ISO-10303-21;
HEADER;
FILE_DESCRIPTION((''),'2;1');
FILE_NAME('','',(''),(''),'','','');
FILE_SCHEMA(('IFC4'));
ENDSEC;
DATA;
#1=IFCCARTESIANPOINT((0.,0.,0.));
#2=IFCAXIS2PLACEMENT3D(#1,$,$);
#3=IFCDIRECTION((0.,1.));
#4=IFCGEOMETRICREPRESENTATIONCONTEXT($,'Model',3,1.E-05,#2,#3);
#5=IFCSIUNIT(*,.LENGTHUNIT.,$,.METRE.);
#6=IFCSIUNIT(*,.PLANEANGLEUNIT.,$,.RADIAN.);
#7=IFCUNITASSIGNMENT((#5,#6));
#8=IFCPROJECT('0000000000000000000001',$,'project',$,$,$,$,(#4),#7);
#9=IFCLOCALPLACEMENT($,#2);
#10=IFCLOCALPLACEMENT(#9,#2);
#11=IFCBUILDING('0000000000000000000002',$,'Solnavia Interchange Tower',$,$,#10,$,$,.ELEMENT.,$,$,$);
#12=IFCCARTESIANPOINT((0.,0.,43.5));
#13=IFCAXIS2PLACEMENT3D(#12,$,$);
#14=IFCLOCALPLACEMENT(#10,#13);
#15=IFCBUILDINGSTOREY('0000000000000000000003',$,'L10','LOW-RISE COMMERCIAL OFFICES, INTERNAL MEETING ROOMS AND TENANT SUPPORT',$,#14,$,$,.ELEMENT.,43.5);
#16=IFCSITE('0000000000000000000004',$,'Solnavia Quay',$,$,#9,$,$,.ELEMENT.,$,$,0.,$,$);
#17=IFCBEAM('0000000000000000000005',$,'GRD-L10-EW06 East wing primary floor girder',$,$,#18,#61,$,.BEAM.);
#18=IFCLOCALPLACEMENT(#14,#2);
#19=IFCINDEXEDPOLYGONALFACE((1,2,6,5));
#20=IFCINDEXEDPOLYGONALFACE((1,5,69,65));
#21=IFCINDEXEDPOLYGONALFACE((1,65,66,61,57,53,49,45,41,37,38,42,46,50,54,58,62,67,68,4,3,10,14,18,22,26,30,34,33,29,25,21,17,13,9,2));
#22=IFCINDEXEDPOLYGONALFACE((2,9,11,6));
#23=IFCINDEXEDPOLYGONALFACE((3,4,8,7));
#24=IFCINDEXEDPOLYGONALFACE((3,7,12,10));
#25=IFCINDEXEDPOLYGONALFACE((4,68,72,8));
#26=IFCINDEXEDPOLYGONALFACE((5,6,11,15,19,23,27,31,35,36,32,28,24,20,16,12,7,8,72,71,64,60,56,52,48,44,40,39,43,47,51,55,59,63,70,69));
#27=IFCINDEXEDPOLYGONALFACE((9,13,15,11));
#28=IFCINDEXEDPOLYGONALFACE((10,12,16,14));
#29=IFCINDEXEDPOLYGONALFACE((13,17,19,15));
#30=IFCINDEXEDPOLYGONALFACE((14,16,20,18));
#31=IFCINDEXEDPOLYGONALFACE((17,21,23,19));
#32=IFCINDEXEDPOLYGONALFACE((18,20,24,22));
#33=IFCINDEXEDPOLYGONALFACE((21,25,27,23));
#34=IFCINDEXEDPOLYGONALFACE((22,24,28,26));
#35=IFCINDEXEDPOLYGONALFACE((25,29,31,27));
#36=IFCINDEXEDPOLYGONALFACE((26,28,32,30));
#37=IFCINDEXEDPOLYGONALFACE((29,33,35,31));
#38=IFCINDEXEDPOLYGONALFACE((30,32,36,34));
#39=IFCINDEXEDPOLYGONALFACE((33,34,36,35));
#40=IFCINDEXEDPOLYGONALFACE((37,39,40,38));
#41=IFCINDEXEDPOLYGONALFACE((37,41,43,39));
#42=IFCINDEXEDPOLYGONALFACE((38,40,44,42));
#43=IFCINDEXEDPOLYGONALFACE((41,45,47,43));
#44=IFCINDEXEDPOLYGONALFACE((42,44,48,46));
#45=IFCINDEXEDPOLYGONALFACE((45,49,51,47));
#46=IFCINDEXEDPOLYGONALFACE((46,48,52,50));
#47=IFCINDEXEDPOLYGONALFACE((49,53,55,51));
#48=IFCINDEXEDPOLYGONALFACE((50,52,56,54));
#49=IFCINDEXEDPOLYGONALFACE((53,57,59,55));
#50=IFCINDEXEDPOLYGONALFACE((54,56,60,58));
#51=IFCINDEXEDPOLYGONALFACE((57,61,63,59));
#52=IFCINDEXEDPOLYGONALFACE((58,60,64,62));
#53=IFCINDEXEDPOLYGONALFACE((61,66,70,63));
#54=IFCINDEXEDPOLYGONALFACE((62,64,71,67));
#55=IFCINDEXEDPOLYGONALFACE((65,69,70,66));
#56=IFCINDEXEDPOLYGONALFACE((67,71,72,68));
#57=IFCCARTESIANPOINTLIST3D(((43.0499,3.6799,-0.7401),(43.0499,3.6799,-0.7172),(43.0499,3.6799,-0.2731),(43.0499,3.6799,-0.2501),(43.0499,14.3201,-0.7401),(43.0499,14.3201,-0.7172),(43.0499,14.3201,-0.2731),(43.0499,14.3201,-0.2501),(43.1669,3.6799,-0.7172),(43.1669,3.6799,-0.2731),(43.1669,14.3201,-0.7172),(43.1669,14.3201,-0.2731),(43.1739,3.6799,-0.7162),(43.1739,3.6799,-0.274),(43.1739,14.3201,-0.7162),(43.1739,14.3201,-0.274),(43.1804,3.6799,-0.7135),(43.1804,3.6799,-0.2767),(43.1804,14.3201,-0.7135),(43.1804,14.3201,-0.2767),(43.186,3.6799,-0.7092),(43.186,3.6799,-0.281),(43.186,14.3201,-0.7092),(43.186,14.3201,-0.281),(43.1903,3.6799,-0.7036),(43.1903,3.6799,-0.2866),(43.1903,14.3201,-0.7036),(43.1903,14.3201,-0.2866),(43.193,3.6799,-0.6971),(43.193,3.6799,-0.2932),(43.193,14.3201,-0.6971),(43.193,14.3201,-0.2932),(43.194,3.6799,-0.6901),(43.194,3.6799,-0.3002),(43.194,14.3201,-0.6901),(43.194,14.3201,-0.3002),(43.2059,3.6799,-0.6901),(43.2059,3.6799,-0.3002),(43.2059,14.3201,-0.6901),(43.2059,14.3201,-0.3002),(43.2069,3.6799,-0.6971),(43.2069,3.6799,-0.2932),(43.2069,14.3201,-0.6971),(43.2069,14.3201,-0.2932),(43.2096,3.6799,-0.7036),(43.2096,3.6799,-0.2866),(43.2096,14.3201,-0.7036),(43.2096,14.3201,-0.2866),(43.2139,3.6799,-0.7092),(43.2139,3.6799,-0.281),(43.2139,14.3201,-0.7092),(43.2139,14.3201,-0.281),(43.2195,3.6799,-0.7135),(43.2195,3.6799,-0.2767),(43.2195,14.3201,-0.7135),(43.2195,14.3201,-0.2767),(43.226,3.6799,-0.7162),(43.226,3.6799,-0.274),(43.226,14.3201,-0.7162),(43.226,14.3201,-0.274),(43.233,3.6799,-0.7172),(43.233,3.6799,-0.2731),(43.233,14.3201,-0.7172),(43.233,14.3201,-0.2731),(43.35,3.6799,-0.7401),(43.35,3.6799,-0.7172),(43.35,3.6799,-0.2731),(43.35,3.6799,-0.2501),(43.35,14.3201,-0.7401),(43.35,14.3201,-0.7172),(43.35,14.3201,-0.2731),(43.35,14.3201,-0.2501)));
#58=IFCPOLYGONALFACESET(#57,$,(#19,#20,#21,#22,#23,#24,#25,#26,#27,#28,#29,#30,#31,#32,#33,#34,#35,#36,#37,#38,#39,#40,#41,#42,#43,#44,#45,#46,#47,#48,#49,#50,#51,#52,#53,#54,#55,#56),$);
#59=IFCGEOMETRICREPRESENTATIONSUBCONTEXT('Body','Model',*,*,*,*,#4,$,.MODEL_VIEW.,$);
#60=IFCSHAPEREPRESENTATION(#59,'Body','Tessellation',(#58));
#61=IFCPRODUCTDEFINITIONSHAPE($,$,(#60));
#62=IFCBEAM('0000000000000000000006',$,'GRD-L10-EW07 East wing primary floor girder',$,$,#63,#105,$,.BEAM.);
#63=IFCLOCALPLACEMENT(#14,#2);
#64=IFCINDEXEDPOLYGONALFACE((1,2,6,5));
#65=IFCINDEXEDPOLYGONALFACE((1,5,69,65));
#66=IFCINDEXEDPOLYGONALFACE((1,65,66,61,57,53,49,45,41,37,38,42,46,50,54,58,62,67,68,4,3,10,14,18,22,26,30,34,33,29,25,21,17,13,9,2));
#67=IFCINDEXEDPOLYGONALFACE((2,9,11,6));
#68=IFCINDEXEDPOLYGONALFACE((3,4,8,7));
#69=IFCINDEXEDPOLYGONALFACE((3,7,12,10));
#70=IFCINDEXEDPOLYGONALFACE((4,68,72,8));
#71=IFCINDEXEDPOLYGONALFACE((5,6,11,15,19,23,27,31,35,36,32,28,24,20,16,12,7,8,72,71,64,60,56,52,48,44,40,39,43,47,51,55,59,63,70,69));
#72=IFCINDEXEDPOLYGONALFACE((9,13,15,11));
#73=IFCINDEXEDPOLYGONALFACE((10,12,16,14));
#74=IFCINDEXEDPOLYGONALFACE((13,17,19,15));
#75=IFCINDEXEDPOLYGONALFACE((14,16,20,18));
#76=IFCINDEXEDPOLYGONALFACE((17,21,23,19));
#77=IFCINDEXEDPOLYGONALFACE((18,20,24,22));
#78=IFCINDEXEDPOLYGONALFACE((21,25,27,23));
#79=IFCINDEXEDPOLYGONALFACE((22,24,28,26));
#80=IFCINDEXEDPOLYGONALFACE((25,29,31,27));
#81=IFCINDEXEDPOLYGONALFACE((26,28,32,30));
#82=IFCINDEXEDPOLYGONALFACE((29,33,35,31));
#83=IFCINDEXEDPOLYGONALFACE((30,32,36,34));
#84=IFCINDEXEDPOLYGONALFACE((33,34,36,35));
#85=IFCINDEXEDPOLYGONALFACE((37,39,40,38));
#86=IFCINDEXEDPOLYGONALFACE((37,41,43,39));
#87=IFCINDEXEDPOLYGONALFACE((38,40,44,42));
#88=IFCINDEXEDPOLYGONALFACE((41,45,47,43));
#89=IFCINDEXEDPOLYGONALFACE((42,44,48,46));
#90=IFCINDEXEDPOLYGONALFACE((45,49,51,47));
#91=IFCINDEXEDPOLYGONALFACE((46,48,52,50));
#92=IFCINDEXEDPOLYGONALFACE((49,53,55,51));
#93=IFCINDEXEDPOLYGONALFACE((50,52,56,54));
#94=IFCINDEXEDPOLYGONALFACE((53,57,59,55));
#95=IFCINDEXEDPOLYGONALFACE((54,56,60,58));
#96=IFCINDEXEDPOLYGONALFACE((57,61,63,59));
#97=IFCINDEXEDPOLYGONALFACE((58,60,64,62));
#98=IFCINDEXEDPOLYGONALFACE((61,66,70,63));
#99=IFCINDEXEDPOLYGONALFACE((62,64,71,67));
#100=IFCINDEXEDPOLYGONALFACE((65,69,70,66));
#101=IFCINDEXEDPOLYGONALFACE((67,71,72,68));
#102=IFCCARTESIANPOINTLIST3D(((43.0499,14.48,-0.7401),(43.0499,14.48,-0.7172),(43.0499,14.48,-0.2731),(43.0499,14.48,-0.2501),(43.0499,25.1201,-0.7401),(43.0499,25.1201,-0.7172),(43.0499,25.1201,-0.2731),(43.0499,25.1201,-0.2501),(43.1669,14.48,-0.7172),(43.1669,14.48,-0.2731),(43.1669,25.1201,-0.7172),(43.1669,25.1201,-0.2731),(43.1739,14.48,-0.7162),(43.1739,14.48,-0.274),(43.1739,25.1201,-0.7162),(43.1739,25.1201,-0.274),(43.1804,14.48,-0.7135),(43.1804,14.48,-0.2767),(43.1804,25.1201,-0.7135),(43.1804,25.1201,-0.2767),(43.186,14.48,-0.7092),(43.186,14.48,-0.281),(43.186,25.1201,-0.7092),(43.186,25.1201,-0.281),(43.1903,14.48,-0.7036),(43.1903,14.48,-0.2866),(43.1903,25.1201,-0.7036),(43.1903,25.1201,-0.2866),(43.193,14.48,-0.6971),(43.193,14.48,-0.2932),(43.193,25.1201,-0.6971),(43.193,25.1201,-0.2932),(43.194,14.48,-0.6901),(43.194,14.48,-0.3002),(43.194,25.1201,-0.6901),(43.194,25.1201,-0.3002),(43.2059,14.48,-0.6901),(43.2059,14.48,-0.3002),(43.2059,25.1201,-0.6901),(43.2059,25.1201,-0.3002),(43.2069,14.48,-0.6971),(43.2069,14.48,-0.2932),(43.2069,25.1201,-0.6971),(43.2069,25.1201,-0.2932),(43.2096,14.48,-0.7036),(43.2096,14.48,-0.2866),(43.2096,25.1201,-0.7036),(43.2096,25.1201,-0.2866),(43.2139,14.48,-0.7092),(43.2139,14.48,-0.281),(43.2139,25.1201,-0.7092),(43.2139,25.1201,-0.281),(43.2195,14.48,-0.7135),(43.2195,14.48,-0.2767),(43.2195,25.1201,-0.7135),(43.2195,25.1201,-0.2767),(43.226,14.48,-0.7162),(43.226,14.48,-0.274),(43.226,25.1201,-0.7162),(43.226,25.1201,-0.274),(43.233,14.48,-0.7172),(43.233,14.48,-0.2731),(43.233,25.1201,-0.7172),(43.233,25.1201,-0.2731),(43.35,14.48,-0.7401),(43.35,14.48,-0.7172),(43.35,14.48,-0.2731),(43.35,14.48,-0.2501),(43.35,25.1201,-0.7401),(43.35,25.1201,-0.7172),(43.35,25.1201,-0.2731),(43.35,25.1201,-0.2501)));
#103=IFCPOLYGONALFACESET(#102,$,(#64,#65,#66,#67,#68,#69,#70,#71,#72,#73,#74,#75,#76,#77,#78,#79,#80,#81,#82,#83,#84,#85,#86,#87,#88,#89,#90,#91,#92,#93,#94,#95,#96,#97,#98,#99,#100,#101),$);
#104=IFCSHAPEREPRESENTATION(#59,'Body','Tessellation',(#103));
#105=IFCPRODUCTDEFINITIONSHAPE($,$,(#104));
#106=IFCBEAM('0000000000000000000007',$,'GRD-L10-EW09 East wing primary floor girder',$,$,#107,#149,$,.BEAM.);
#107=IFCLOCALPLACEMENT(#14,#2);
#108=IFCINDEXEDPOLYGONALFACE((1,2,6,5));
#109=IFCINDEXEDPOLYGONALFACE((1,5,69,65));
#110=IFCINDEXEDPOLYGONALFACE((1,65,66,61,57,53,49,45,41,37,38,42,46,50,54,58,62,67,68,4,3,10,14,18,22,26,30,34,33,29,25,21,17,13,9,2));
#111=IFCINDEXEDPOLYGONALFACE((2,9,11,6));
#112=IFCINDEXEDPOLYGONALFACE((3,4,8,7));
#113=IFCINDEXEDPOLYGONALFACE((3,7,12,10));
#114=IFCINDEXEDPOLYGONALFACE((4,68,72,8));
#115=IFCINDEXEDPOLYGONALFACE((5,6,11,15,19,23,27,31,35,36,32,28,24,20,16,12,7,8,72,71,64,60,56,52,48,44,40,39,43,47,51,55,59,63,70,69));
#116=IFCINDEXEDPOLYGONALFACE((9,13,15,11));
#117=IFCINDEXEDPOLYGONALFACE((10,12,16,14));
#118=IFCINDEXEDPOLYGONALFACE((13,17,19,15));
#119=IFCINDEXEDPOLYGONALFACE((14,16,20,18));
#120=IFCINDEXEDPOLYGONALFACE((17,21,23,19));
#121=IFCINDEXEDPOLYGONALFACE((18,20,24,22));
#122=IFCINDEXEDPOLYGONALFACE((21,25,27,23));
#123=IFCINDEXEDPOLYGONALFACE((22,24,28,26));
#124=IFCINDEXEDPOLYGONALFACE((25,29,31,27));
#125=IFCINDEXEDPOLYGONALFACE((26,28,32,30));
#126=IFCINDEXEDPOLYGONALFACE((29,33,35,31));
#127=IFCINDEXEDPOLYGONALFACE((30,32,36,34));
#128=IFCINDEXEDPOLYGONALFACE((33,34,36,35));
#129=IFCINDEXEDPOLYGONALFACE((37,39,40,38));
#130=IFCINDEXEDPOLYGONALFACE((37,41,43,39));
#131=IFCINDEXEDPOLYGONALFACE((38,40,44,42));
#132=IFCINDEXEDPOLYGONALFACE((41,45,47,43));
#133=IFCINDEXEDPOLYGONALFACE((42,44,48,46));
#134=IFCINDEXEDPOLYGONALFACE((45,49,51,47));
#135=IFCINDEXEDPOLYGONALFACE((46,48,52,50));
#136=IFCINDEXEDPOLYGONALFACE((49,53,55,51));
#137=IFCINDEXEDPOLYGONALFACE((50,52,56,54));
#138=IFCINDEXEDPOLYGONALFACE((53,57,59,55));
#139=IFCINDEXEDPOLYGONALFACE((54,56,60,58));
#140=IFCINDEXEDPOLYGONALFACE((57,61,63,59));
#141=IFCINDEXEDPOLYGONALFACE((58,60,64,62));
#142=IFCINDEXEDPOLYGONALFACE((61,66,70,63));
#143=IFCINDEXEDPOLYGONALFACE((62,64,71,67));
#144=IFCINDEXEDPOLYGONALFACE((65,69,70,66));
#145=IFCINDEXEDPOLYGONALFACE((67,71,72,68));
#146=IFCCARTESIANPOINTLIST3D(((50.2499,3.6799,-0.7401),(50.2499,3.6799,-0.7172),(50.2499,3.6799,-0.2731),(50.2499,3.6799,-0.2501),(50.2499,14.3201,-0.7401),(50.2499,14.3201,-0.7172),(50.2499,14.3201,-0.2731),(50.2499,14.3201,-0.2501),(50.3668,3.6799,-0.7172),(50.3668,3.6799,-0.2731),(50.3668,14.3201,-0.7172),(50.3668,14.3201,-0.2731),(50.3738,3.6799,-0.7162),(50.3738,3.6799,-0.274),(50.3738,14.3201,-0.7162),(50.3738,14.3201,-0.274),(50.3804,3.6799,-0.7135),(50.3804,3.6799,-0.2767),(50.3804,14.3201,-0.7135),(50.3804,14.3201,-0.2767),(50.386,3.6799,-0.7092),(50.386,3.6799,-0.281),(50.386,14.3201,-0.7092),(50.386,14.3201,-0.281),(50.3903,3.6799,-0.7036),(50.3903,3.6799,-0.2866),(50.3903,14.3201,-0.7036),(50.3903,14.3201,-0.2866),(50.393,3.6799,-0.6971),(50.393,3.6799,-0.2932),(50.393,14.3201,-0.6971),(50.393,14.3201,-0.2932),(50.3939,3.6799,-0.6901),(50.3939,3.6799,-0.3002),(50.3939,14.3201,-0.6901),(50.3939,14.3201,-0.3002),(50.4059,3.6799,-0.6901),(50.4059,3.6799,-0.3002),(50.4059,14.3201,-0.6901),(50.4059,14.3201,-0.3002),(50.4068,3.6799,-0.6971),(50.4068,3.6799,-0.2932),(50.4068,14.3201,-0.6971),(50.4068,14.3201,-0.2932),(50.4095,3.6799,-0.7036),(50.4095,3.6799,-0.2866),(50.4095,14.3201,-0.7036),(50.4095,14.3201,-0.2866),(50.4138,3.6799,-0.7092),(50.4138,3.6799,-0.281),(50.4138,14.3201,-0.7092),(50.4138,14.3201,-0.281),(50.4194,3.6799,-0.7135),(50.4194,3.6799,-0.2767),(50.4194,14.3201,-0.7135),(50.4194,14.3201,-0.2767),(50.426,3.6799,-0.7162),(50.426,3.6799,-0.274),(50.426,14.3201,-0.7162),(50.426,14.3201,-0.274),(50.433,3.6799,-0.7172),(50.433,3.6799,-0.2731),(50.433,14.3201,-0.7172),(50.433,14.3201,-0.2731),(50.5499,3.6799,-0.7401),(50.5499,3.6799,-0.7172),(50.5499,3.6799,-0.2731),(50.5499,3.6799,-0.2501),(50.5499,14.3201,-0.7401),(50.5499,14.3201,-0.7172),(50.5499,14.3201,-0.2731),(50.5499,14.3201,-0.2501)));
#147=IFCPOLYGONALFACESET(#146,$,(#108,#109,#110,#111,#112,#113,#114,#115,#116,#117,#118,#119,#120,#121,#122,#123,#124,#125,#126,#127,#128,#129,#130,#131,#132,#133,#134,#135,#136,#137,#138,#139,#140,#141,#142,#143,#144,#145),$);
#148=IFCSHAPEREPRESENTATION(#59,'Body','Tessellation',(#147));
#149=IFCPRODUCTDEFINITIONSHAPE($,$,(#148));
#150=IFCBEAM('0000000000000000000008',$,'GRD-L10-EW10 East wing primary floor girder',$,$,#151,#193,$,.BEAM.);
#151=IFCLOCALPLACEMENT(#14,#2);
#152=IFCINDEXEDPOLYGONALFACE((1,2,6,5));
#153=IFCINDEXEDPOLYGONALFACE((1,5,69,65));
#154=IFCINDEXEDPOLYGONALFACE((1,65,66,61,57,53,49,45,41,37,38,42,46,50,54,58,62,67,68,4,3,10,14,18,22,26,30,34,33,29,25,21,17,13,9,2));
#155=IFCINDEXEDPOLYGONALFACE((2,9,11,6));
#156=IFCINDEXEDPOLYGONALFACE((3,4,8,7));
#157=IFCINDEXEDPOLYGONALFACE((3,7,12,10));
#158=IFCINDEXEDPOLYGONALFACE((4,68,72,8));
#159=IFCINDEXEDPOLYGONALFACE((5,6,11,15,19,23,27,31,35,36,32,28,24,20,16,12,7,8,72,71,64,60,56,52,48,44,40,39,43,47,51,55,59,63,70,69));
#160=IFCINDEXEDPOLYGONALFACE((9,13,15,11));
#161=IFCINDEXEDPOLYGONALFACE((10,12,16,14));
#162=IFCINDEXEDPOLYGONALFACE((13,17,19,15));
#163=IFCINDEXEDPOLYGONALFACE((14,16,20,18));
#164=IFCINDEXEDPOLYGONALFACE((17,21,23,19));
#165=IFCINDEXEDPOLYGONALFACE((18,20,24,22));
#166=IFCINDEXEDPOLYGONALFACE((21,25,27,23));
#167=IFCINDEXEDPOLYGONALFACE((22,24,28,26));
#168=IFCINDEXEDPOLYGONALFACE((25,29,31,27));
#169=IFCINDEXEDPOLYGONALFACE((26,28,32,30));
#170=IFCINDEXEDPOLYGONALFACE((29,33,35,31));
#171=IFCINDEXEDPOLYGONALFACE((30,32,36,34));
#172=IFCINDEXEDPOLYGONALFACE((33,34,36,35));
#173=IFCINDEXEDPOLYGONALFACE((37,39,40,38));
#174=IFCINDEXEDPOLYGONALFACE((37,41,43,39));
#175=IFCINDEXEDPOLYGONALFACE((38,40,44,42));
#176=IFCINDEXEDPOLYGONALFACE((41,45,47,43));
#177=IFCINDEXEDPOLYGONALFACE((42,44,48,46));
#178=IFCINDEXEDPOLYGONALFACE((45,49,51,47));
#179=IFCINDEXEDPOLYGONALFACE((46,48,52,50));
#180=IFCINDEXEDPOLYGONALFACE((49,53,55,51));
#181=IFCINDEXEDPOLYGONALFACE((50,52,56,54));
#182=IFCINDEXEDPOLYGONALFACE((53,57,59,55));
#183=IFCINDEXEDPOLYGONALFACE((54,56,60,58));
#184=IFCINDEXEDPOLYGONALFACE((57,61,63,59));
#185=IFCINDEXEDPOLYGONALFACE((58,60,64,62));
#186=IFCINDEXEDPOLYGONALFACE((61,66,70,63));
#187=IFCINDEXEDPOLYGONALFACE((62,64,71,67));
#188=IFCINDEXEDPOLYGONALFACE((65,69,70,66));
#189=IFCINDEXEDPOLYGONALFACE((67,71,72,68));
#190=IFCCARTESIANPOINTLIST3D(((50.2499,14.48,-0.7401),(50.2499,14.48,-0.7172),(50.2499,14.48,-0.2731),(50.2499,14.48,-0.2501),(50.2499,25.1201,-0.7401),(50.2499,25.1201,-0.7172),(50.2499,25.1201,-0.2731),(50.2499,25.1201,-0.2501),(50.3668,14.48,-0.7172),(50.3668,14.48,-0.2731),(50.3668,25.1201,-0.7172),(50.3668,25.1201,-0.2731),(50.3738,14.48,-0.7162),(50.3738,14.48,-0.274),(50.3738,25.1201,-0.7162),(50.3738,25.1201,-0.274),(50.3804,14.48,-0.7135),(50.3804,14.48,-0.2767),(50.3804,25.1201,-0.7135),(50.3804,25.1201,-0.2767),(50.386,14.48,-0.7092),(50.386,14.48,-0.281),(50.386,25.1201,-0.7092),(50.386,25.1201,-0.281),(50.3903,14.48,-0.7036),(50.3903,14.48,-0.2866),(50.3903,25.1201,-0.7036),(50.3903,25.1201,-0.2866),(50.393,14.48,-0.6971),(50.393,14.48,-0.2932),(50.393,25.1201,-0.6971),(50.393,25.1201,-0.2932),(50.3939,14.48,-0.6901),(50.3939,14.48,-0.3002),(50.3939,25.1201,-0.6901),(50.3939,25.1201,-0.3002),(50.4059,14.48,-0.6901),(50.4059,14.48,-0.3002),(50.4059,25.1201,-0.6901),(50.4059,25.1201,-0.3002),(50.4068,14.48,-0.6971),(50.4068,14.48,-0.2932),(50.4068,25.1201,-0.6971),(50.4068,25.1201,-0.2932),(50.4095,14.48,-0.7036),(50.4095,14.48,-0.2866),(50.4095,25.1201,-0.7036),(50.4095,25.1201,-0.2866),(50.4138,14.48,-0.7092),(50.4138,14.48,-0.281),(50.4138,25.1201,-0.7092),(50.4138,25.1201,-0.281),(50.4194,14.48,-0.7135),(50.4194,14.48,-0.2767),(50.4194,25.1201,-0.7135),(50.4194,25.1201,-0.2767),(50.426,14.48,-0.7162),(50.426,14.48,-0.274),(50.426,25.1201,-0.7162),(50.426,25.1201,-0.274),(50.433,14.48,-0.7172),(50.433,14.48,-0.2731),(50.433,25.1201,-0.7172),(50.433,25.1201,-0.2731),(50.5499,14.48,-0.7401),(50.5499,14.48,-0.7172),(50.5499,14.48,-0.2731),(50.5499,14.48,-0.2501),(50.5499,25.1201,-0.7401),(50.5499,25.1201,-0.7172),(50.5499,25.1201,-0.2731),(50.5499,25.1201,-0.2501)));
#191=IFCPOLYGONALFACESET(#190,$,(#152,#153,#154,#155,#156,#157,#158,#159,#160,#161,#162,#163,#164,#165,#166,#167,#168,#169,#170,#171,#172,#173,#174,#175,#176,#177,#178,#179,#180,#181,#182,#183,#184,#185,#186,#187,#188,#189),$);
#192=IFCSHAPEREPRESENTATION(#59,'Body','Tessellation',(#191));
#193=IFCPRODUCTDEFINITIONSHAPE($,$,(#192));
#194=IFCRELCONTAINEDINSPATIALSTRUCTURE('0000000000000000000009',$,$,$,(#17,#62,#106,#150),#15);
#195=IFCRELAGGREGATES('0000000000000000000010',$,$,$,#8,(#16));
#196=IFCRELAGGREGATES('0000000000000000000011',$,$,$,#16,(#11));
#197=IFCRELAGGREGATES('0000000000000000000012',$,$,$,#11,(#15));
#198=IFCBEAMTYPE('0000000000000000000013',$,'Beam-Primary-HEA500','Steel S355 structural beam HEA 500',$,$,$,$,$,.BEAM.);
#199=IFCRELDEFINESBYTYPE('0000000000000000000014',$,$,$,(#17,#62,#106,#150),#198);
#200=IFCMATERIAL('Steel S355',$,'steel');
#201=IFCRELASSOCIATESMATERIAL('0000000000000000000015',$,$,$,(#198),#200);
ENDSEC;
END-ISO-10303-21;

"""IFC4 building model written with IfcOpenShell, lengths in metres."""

from ifc_helpers import new_model, si_unit, direction, frame, origin, origin_2d, place, context, subcontext, project, spatial, i_section, extrude, material, material_profile, profile_set, type_object, element, save


model = new_model("IFC4")

# Units and contexts
model_context = context("Model", 3, precision=1e-05, world=origin(), true_north=direction((0.0, 1.0)))
body_context = subcontext(model_context, "Body", "Model", "MODEL_VIEW")
ifc_project = project(units=[si_unit("LENGTHUNIT", "METRE"), si_unit("PLANEANGLEUNIT", "RADIAN")], contexts=[model_context])

# Site, building, storey
site_placement = place(None, origin())
site = spatial("IfcSite", under=ifc_project, at=site_placement, Name="Solnavia Quay", CompositionType="ELEMENT", RefElevation=0.0)
building_placement = place(site_placement, origin())
building = spatial("IfcBuilding", under=site, at=building_placement, Name="Solnavia Interchange Tower", CompositionType="ELEMENT")
storey_placement = place(building_placement, frame((0.0, 0.0, 43.5)))
storey = spatial("IfcBuildingStorey", under=building, at=storey_placement, Name="L10", Description="LOW-RISE COMMERCIAL OFFICES, INTERNAL MEETING ROOMS AND TENANT SUPPORT", CompositionType="ELEMENT", Elevation=43.5)

# Shared definitions
ifc_material_1 = material(Name="Steel S355", Category="steel")

# Beams
ifc_material_profile_1 = material_profile(ifc_material_1, i_section(OverallWidth=0.3, OverallDepth=0.49, WebThickness=0.012, FlangeThickness=0.0229, FilletRadius=0.0271, at=origin_2d()), Name="HEA 500")
ifc_profile_set_1 = profile_set([ifc_material_profile_1], Name="Steel S355")
beam_type_1 = type_object("IfcBeamType", Name="Beam-Primary-HEA500", Description="Steel S355 structural beam HEA 500", PredefinedType="BEAM", material=ifc_profile_set_1)
for number, where, z_axis, x_axis, name in (
    (1, (43.2, 3.6799, -0.4951), (0.0, 1.0, 0.0), (-1.0, 0.0, 0.0), "GRD-L10-EW06 East wing primary floor girder"),
    (2, (43.2, 14.48, -0.4951), (0.0, 1.0, 0.0), (-1.0, 0.0, 0.0), "GRD-L10-EW07 East wing primary floor girder"),
    (3, (50.3999, 3.6799, -0.4951), (0.0, 1.0, 0.0), (-1.0, 0.0, 0.0), "GRD-L10-EW09 East wing primary floor girder"),
    (4, (50.3999, 14.48, -0.4951), (0.0, 1.0, 0.0), (-1.0, 0.0, 0.0), "GRD-L10-EW10 East wing primary floor girder"),
):
    element("IfcBeam", number, at=place(storey_placement, frame(where, z_axis=z_axis, x_axis=x_axis)), inside=storey, type_object=beam_type_1, Name=name, PredefinedType="BEAM", context=body_context, shape_type="SweptSolid", body=[
        extrude(i_section(OverallWidth=0.3, OverallDepth=0.49, WebThickness=0.012, FlangeThickness=0.0229, FilletRadius=0.0271, at=origin_2d()), origin(), (0.0, 0.0, 1.0), 10.6401),
    ])

save(model, "model.ifc")
